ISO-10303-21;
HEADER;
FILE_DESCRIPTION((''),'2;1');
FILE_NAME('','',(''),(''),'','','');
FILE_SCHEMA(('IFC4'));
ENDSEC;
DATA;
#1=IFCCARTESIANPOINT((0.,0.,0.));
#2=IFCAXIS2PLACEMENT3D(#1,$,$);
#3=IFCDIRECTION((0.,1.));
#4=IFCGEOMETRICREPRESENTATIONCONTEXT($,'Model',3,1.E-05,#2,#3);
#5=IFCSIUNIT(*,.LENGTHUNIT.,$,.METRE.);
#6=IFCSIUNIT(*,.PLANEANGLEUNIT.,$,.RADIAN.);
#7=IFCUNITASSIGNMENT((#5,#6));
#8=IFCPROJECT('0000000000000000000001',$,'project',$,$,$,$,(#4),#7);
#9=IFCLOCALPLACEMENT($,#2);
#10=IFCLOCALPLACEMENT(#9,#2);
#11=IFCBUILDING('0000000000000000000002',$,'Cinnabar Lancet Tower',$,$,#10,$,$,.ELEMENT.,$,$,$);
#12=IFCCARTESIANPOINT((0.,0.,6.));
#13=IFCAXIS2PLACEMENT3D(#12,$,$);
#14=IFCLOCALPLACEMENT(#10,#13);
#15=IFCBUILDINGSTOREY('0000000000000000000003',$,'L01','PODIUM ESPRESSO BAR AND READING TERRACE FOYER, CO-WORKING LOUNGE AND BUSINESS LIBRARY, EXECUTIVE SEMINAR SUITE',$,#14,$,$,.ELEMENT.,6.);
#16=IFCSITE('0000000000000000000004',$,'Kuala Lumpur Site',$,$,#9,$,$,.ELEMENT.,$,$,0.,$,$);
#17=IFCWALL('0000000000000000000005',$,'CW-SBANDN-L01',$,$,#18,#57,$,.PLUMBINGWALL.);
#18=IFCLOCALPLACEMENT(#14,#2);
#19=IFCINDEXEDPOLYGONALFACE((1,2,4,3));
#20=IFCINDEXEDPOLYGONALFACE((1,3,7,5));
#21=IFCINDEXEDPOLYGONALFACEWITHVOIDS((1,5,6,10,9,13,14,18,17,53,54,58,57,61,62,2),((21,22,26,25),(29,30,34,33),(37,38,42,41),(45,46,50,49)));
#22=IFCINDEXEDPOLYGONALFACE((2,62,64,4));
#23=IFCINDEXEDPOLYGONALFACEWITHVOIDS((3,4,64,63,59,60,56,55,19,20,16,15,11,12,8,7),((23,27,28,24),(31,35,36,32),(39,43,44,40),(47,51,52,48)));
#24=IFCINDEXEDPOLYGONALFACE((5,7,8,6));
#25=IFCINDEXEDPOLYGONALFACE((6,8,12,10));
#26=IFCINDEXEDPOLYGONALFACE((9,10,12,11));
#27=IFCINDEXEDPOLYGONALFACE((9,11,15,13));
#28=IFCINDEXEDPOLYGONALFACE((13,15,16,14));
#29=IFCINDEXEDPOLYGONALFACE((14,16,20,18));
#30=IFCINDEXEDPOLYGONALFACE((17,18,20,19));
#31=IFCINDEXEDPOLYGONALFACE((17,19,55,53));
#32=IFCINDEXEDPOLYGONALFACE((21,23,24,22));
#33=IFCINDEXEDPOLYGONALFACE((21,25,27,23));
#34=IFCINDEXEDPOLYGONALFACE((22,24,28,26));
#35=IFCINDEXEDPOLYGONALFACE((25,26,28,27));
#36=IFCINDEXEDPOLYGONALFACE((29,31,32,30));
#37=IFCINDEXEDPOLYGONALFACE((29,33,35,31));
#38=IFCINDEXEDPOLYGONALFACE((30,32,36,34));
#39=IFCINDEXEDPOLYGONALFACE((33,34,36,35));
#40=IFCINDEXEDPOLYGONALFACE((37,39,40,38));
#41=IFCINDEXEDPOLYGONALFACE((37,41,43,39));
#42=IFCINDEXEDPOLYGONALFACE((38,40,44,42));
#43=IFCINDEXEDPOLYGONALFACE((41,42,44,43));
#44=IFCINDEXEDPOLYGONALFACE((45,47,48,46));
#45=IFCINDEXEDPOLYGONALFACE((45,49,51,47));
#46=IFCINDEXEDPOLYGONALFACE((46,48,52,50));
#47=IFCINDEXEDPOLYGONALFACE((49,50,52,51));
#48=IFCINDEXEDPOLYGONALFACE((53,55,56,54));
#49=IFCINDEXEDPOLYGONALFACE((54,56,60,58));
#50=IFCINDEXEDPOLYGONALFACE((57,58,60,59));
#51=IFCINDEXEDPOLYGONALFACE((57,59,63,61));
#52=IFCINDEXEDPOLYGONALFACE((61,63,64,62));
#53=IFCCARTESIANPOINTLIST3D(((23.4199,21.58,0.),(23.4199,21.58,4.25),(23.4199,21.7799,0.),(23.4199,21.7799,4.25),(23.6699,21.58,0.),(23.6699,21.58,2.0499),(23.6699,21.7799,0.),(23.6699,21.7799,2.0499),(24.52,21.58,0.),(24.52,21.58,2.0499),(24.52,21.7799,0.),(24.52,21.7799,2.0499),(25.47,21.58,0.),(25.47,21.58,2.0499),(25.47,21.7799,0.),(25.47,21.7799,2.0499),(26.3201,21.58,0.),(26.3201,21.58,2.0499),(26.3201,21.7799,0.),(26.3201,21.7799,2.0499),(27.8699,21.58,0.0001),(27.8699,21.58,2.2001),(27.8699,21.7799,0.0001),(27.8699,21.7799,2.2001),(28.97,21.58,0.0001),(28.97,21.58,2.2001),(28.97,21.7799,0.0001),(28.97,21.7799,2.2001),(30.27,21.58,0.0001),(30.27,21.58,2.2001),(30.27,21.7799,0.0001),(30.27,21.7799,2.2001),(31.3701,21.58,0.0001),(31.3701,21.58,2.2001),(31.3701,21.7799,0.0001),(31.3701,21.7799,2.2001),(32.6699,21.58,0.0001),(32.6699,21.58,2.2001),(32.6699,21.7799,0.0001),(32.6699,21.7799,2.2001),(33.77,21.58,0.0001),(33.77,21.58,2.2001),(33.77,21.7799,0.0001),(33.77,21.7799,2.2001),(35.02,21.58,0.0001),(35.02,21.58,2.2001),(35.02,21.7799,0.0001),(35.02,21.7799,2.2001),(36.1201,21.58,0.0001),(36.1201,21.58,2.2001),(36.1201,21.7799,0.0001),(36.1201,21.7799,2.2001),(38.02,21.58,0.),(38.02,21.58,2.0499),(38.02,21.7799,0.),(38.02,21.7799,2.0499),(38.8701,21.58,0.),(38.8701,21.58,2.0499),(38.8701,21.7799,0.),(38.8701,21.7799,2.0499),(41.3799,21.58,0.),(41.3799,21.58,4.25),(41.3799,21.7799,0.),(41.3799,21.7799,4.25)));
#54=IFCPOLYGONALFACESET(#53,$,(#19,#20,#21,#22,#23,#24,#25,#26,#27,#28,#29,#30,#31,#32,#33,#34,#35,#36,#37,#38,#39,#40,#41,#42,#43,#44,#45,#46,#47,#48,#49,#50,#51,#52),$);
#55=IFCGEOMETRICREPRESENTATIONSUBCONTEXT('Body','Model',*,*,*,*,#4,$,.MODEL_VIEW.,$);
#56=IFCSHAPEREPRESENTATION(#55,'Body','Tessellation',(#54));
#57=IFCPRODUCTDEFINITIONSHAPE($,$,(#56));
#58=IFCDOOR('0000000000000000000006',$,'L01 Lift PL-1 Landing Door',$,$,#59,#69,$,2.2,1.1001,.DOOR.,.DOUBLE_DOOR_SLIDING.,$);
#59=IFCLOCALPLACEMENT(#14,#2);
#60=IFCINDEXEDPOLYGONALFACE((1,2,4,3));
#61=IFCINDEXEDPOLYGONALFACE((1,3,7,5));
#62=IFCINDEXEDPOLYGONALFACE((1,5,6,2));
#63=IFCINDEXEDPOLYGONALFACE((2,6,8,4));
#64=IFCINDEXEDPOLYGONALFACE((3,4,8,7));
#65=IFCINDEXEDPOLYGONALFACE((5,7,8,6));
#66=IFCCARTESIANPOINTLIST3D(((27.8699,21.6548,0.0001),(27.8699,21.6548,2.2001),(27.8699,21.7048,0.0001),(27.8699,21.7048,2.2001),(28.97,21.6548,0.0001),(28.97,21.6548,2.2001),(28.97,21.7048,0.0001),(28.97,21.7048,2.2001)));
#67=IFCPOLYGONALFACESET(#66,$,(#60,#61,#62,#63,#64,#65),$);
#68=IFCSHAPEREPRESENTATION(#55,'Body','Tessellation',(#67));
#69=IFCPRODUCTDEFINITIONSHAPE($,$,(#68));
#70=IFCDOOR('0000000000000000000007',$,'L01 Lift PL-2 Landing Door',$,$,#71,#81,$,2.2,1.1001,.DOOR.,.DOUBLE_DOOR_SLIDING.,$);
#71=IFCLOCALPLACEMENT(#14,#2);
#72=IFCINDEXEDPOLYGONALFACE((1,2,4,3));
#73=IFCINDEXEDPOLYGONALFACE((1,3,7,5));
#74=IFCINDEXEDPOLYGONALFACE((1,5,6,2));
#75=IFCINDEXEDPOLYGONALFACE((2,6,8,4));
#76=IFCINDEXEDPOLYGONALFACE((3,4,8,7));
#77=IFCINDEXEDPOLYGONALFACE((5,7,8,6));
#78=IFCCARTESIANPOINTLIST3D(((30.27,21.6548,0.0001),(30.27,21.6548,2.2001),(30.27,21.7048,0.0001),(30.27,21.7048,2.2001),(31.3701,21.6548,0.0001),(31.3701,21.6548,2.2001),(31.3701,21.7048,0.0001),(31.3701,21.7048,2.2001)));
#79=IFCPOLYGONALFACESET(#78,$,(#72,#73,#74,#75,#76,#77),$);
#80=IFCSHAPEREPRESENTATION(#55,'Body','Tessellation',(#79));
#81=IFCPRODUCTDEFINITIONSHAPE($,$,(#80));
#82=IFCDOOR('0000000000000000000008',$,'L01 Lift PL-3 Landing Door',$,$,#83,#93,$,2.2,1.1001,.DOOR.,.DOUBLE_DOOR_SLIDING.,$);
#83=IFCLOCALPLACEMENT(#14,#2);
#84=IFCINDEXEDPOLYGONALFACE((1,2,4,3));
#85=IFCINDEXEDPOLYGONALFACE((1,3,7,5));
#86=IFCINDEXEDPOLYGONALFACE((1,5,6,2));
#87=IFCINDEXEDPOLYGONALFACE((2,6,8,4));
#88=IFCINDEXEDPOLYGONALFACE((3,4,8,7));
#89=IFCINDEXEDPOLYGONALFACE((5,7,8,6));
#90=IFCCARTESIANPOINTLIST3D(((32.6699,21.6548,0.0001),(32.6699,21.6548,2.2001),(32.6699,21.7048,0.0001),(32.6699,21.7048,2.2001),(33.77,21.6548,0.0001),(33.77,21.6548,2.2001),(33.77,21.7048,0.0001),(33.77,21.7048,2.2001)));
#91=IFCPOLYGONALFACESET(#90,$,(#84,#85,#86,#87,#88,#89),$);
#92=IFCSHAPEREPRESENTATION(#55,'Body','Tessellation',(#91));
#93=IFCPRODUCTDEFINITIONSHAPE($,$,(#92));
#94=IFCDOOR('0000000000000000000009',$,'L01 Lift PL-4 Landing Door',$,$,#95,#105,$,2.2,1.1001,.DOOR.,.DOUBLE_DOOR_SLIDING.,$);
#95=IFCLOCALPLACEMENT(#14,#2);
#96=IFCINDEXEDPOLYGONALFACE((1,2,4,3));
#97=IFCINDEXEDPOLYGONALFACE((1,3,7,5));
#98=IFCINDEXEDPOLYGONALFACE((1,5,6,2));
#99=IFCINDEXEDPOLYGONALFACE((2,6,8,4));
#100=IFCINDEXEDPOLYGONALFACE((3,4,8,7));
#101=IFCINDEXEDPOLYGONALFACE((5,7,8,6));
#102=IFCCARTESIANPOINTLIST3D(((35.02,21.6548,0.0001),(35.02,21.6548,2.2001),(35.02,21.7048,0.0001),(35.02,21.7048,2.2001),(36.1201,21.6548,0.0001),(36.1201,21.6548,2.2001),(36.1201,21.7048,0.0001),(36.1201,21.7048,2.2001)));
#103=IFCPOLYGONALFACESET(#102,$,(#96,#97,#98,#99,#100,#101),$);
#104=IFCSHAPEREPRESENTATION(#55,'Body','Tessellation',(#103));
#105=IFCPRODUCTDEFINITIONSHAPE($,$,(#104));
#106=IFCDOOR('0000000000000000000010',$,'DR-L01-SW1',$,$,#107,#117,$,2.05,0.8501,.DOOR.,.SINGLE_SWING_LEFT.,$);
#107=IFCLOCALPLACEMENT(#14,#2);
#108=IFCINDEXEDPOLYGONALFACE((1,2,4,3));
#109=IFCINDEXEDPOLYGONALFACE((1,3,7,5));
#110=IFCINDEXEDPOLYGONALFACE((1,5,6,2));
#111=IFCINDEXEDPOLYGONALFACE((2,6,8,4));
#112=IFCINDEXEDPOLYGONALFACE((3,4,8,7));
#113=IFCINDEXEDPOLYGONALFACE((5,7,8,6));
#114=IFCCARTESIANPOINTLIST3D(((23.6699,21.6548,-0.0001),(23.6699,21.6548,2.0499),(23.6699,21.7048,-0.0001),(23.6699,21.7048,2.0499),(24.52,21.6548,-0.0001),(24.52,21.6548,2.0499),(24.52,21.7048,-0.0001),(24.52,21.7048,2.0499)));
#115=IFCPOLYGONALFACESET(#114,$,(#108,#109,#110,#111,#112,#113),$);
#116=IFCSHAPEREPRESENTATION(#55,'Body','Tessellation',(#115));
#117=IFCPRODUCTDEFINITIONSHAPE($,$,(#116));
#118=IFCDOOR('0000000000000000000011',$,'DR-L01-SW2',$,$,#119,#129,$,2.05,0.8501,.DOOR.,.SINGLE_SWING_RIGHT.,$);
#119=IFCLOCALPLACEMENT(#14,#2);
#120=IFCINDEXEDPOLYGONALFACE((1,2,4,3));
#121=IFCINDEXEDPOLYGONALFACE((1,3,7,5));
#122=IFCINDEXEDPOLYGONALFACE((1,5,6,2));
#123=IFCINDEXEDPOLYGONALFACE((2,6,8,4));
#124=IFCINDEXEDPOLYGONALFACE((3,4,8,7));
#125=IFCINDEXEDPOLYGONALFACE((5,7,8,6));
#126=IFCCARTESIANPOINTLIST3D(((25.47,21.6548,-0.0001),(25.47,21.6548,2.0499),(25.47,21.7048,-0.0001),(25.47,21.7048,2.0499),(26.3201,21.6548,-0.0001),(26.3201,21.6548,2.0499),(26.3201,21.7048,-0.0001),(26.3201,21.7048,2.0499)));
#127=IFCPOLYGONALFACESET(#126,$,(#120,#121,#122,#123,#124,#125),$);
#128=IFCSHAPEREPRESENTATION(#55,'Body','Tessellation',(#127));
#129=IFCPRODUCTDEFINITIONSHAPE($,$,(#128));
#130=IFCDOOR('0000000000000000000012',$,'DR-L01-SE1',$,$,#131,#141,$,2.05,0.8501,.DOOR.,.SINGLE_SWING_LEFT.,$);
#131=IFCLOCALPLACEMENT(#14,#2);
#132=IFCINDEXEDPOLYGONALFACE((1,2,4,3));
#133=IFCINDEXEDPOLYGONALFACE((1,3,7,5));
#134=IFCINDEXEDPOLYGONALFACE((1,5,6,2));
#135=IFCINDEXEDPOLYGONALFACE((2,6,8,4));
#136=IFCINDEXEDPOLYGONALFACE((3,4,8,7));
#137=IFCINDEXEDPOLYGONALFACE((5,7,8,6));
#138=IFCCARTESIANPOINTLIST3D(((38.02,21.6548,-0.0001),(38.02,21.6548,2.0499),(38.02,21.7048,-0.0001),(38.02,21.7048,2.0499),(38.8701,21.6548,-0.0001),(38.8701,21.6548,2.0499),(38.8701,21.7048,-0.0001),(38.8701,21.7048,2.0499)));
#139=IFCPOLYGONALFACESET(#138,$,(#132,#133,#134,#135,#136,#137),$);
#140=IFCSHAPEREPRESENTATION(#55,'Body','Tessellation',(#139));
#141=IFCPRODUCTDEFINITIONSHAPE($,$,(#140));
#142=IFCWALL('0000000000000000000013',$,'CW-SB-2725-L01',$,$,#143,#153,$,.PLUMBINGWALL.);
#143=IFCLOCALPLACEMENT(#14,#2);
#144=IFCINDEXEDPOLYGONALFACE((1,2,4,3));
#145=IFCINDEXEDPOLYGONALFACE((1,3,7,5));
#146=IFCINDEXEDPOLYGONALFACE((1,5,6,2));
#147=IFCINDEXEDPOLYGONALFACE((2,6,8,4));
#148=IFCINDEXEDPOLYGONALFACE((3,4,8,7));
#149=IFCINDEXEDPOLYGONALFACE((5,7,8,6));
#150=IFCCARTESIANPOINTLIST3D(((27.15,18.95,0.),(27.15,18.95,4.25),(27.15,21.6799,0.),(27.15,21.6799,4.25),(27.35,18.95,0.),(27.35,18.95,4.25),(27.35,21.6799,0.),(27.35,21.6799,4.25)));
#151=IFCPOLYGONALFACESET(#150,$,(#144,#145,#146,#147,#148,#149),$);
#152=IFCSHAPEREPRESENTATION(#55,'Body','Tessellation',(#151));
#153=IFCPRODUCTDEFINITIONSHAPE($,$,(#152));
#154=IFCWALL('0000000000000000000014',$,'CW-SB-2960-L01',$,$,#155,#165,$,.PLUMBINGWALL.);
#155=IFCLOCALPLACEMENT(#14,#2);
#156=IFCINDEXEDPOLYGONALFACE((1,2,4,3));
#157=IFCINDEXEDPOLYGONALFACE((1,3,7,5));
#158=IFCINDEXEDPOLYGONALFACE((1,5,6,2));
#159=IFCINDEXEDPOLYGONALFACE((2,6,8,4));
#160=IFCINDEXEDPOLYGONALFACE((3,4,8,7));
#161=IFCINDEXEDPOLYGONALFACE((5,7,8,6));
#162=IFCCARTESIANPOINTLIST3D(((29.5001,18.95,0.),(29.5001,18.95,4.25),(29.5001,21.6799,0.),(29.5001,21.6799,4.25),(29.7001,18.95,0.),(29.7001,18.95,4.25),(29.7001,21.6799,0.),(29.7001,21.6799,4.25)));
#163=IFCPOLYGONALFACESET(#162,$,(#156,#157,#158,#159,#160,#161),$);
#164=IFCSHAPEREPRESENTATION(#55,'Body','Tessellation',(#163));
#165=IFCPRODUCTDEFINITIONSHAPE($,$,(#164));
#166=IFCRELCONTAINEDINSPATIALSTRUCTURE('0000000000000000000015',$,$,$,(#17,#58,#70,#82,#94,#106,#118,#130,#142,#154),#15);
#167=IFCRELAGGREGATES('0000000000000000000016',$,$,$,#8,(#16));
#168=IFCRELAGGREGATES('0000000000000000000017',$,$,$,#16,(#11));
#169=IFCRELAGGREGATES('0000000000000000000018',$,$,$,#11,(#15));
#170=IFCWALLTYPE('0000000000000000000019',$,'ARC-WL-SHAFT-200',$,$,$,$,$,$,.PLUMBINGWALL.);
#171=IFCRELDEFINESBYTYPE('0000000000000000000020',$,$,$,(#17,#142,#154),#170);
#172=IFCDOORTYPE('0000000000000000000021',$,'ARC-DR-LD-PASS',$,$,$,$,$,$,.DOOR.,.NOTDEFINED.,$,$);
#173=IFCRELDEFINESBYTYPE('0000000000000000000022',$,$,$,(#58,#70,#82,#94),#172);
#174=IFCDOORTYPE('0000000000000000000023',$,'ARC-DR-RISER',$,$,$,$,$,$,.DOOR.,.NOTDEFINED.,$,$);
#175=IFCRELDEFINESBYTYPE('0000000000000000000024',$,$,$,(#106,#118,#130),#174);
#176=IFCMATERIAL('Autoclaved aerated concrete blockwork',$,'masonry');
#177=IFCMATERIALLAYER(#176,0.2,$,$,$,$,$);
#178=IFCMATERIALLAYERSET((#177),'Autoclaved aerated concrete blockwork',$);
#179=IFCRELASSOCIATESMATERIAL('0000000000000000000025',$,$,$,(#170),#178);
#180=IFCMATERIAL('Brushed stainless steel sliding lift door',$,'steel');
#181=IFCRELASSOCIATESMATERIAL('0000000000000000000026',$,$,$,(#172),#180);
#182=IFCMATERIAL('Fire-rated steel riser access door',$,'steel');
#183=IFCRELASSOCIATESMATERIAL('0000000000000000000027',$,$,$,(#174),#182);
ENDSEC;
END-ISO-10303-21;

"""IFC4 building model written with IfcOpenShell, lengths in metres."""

from ifc_helpers import new_model, si_unit, direction, frame, frame_2d, origin, place, context, subcontext, project, spatial, rectangle, extrude, material, layer, layer_set, type_object, element, fill, save


model = new_model("IFC4")

# Units and contexts
model_context = context("Model", 3, precision=1e-05, world=origin(), true_north=direction((0.0, 1.0)))
body_context = subcontext(model_context, "Body", "Model", "MODEL_VIEW")
ifc_project = project(units=[si_unit("LENGTHUNIT", "METRE"), si_unit("PLANEANGLEUNIT", "RADIAN")], contexts=[model_context])

# Site, building, storey
site_placement = place(None, origin())
site = spatial("IfcSite", under=ifc_project, at=site_placement, Name="Kuala Lumpur Site", CompositionType="ELEMENT", RefElevation=0.0)
building_placement = place(site_placement, origin())
building = spatial("IfcBuilding", under=site, at=building_placement, Name="Cinnabar Lancet Tower", CompositionType="ELEMENT")
storey_placement = place(building_placement, frame((0.0, 0.0, 6.0)))
storey = spatial("IfcBuildingStorey", under=building, at=storey_placement, Name="L01", Description="PODIUM ESPRESSO BAR AND READING TERRACE FOYER, CO-WORKING LOUNGE AND BUSINESS LIBRARY, EXECUTIVE SEMINAR SUITE", CompositionType="ELEMENT", Elevation=6.0)

# Shared definitions
ifc_material_1 = material(Name="Autoclaved aerated concrete blockwork", Category="masonry")
ifc_layer_1 = layer(ifc_material_1, 0.2)
ifc_layer_set_1 = layer_set([ifc_layer_1], Name="Autoclaved aerated concrete blockwork")
wall_type_1 = type_object("IfcWallType", Name="ARC-WL-SHAFT-200", PredefinedType="PLUMBINGWALL", material=ifc_layer_set_1)

# Shared definitions
ifc_material_2 = material(Name="Brushed stainless steel sliding lift door", Category="steel")
door_type_1 = type_object("IfcDoorType", Name="ARC-DR-LD-PASS", OperationType="NOTDEFINED", PredefinedType="DOOR", material=ifc_material_2)

# Wall, openings, doors
wall_1_placement = place(storey_placement, frame((23.4199, 21.6799, 0.0), z_axis=(0.0, 0.0, 1.0), x_axis=(1.0, 0.0, 0.0)))
wall_1 = element("IfcWall", 1, at=wall_1_placement, inside=storey, type_object=wall_type_1, Name="CW-SBANDN-L01", PredefinedType="PLUMBINGWALL", context=body_context, shape_type="SweptSolid", body=[
    extrude(rectangle(XDim=17.96, YDim=0.2, at=frame_2d((8.98, 0.0))), origin(), (0.0, 0.0, 1.0), 4.25),
])
opening_1_placement = place(wall_1_placement, frame((4.45, 0.0, 0.0)))
opening_1 = element("IfcOpeningElement", 2, at=opening_1_placement, cuts=wall_1, PredefinedType="OPENING", context=body_context, shape_type="SweptSolid", body=[
    extrude(rectangle(XDim=1.1001, YDim=2.2, at=frame_2d((0.55, 1.1001))), frame((0.0, 0.1099, 0.0), z_axis=(0.0, -1.0, 0.0), x_axis=(1.0, 0.0, 0.0)), (0.0, 0.0, 1.0), 0.22),
])
opening_2_placement = place(wall_1_placement, frame((6.8501, 0.0, 0.0)))
opening_2 = element("IfcOpeningElement", 3, at=opening_2_placement, cuts=wall_1, PredefinedType="OPENING", context=body_context, shape_type="SweptSolid", body=[
    extrude(rectangle(XDim=1.1001, YDim=2.2, at=frame_2d((0.55, 1.1001))), frame((0.0, 0.1099, 0.0), z_axis=(0.0, -1.0, 0.0), x_axis=(1.0, 0.0, 0.0)), (0.0, 0.0, 1.0), 0.22),
])
opening_3_placement = place(wall_1_placement, frame((9.25, 0.0, 0.0)))
opening_3 = element("IfcOpeningElement", 4, at=opening_3_placement, cuts=wall_1, PredefinedType="OPENING", context=body_context, shape_type="SweptSolid", body=[
    extrude(rectangle(XDim=1.1001, YDim=2.2, at=frame_2d((0.55, 1.1001))), frame((0.0, 0.1099, 0.0), z_axis=(0.0, -1.0, 0.0), x_axis=(1.0, 0.0, 0.0)), (0.0, 0.0, 1.0), 0.22),
])
opening_4_placement = place(wall_1_placement, frame((11.6001, 0.0, 0.0)))
opening_4 = element("IfcOpeningElement", 5, at=opening_4_placement, cuts=wall_1, PredefinedType="OPENING", context=body_context, shape_type="SweptSolid", body=[
    extrude(rectangle(XDim=1.1001, YDim=2.2, at=frame_2d((0.55, 1.1001))), frame((0.0, 0.1099, 0.0), z_axis=(0.0, -1.0, 0.0), x_axis=(1.0, 0.0, 0.0)), (0.0, 0.0, 1.0), 0.22),
])
opening_5_placement = place(wall_1_placement, frame((0.25, 0.0, 0.0)))
opening_5 = element("IfcOpeningElement", 6, at=opening_5_placement, cuts=wall_1, PredefinedType="OPENING", context=body_context, shape_type="SweptSolid", body=[
    extrude(rectangle(XDim=0.8501, YDim=2.05, at=frame_2d((0.425, 1.0249))), frame((0.0, 0.1099, 0.0), z_axis=(0.0, -1.0, 0.0), x_axis=(1.0, 0.0, 0.0)), (0.0, 0.0, 1.0), 0.22),
])
opening_6_placement = place(wall_1_placement, frame((2.05, 0.0, 0.0)))
opening_6 = element("IfcOpeningElement", 7, at=opening_6_placement, cuts=wall_1, PredefinedType="OPENING", context=body_context, shape_type="SweptSolid", body=[
    extrude(rectangle(XDim=0.8501, YDim=2.05, at=frame_2d((0.425, 1.0249))), frame((0.0, 0.1099, 0.0), z_axis=(0.0, -1.0, 0.0), x_axis=(1.0, 0.0, 0.0)), (0.0, 0.0, 1.0), 0.22),
])
opening_7_placement = place(wall_1_placement, frame((14.6001, 0.0, 0.0)))
opening_7 = element("IfcOpeningElement", 8, at=opening_7_placement, cuts=wall_1, PredefinedType="OPENING", context=body_context, shape_type="SweptSolid", body=[
    extrude(rectangle(XDim=0.8501, YDim=2.05, at=frame_2d((0.425, 1.0249))), frame((0.0, 0.1099, 0.0), z_axis=(0.0, -1.0, 0.0), x_axis=(1.0, 0.0, 0.0)), (0.0, 0.0, 1.0), 0.22),
])
door_1_placement = place(opening_1_placement, origin())
door_1 = element("IfcDoor", 9, at=door_1_placement, inside=storey, type_object=door_type_1, Name="L01 Lift PL-1 Landing Door", OperationType="DOUBLE_DOOR_SLIDING", OverallHeight=2.2, OverallWidth=1.1001, PredefinedType="DOOR", context=body_context, shape_type="SweptSolid", body=[
    extrude(rectangle(XDim=1.1001, YDim=2.2, at=frame_2d((0.55, 1.1001))), frame((0.0, 0.0249, 0.0), z_axis=(0.0, -1.0, 0.0), x_axis=(1.0, 0.0, 0.0)), (0.0, 0.0, 1.0), 0.05),
])
fill(opening_1, door_1)
door_2_placement = place(opening_2_placement, origin())
door_2 = element("IfcDoor", 10, at=door_2_placement, inside=storey, type_object=door_type_1, Name="L01 Lift PL-2 Landing Door", OperationType="DOUBLE_DOOR_SLIDING", OverallHeight=2.2, OverallWidth=1.1001, PredefinedType="DOOR", context=body_context, shape_type="SweptSolid", body=[
    extrude(rectangle(XDim=1.1001, YDim=2.2, at=frame_2d((0.55, 1.1001))), frame((0.0, 0.0249, 0.0), z_axis=(0.0, -1.0, 0.0), x_axis=(1.0, 0.0, 0.0)), (0.0, 0.0, 1.0), 0.05),
])
fill(opening_2, door_2)
door_3_placement = place(opening_3_placement, origin())
door_3 = element("IfcDoor", 11, at=door_3_placement, inside=storey, type_object=door_type_1, Name="L01 Lift PL-3 Landing Door", OperationType="DOUBLE_DOOR_SLIDING", OverallHeight=2.2, OverallWidth=1.1001, PredefinedType="DOOR", context=body_context, shape_type="SweptSolid", body=[
    extrude(rectangle(XDim=1.1001, YDim=2.2, at=frame_2d((0.55, 1.1001))), frame((0.0, 0.0249, 0.0), z_axis=(0.0, -1.0, 0.0), x_axis=(1.0, 0.0, 0.0)), (0.0, 0.0, 1.0), 0.05),
])
fill(opening_3, door_3)
door_4_placement = place(opening_4_placement, origin())
door_4 = element("IfcDoor", 12, at=door_4_placement, inside=storey, type_object=door_type_1, Name="L01 Lift PL-4 Landing Door", OperationType="DOUBLE_DOOR_SLIDING", OverallHeight=2.2, OverallWidth=1.1001, PredefinedType="DOOR", context=body_context, shape_type="SweptSolid", body=[
    extrude(rectangle(XDim=1.1001, YDim=2.2, at=frame_2d((0.55, 1.1001))), frame((0.0, 0.0249, 0.0), z_axis=(0.0, -1.0, 0.0), x_axis=(1.0, 0.0, 0.0)), (0.0, 0.0, 1.0), 0.05),
])
fill(opening_4, door_4)
ifc_material_3 = material(Name="Fire-rated steel riser access door", Category="steel")
door_type_2 = type_object("IfcDoorType", Name="ARC-DR-RISER", OperationType="NOTDEFINED", PredefinedType="DOOR", material=ifc_material_3)
door_5_placement = place(opening_5_placement, origin())
door_5 = element("IfcDoor", 13, at=door_5_placement, inside=storey, type_object=door_type_2, Name="DR-L01-SW1", OperationType="SINGLE_SWING_LEFT", OverallHeight=2.05, OverallWidth=0.8501, PredefinedType="DOOR", context=body_context, shape_type="SweptSolid", body=[
    extrude(rectangle(XDim=0.8501, YDim=2.05, at=frame_2d((0.425, 1.0249))), frame((0.0, 0.0249, 0.0), z_axis=(0.0, -1.0, 0.0), x_axis=(1.0, 0.0, 0.0)), (0.0, 0.0, 1.0), 0.05),
])
fill(opening_5, door_5)
door_6_placement = place(opening_6_placement, origin())
door_6 = element("IfcDoor", 14, at=door_6_placement, inside=storey, type_object=door_type_2, Name="DR-L01-SW2", OperationType="SINGLE_SWING_RIGHT", OverallHeight=2.05, OverallWidth=0.8501, PredefinedType="DOOR", context=body_context, shape_type="SweptSolid", body=[
    extrude(rectangle(XDim=0.8501, YDim=2.05, at=frame_2d((0.425, 1.0249))), frame((0.0, 0.0249, 0.0), z_axis=(0.0, -1.0, 0.0), x_axis=(1.0, 0.0, 0.0)), (0.0, 0.0, 1.0), 0.05),
])
fill(opening_6, door_6)
door_7_placement = place(opening_7_placement, origin())
door_7 = element("IfcDoor", 15, at=door_7_placement, inside=storey, type_object=door_type_2, Name="DR-L01-SE1", OperationType="SINGLE_SWING_LEFT", OverallHeight=2.05, OverallWidth=0.8501, PredefinedType="DOOR", context=body_context, shape_type="SweptSolid", body=[
    extrude(rectangle(XDim=0.8501, YDim=2.05, at=frame_2d((0.425, 1.0249))), frame((0.0, 0.0249, 0.0), z_axis=(0.0, -1.0, 0.0), x_axis=(1.0, 0.0, 0.0)), (0.0, 0.0, 1.0), 0.05),
])
fill(opening_7, door_7)

# Walls
for number, where, z_axis, x_axis, name in (
    (16, (27.25, 18.95, 0.0), (0.0, 0.0, 1.0), (0.0, 1.0, 0.0), "CW-SB-2725-L01"),
    (17, (29.6001, 18.95, 0.0), (0.0, 0.0, 1.0), (0.0, 1.0, 0.0), "CW-SB-2960-L01"),
):
    element("IfcWall", number, at=place(storey_placement, frame(where, z_axis=z_axis, x_axis=x_axis)), inside=storey, type_object=wall_type_1, Name=name, PredefinedType="PLUMBINGWALL", context=body_context, shape_type="SweptSolid", body=[
        extrude(rectangle(XDim=2.73, YDim=0.2, at=frame_2d((1.365, 0.0))), origin(), (0.0, 0.0, 1.0), 4.25),
    ])

save(model, "model.ifc")
